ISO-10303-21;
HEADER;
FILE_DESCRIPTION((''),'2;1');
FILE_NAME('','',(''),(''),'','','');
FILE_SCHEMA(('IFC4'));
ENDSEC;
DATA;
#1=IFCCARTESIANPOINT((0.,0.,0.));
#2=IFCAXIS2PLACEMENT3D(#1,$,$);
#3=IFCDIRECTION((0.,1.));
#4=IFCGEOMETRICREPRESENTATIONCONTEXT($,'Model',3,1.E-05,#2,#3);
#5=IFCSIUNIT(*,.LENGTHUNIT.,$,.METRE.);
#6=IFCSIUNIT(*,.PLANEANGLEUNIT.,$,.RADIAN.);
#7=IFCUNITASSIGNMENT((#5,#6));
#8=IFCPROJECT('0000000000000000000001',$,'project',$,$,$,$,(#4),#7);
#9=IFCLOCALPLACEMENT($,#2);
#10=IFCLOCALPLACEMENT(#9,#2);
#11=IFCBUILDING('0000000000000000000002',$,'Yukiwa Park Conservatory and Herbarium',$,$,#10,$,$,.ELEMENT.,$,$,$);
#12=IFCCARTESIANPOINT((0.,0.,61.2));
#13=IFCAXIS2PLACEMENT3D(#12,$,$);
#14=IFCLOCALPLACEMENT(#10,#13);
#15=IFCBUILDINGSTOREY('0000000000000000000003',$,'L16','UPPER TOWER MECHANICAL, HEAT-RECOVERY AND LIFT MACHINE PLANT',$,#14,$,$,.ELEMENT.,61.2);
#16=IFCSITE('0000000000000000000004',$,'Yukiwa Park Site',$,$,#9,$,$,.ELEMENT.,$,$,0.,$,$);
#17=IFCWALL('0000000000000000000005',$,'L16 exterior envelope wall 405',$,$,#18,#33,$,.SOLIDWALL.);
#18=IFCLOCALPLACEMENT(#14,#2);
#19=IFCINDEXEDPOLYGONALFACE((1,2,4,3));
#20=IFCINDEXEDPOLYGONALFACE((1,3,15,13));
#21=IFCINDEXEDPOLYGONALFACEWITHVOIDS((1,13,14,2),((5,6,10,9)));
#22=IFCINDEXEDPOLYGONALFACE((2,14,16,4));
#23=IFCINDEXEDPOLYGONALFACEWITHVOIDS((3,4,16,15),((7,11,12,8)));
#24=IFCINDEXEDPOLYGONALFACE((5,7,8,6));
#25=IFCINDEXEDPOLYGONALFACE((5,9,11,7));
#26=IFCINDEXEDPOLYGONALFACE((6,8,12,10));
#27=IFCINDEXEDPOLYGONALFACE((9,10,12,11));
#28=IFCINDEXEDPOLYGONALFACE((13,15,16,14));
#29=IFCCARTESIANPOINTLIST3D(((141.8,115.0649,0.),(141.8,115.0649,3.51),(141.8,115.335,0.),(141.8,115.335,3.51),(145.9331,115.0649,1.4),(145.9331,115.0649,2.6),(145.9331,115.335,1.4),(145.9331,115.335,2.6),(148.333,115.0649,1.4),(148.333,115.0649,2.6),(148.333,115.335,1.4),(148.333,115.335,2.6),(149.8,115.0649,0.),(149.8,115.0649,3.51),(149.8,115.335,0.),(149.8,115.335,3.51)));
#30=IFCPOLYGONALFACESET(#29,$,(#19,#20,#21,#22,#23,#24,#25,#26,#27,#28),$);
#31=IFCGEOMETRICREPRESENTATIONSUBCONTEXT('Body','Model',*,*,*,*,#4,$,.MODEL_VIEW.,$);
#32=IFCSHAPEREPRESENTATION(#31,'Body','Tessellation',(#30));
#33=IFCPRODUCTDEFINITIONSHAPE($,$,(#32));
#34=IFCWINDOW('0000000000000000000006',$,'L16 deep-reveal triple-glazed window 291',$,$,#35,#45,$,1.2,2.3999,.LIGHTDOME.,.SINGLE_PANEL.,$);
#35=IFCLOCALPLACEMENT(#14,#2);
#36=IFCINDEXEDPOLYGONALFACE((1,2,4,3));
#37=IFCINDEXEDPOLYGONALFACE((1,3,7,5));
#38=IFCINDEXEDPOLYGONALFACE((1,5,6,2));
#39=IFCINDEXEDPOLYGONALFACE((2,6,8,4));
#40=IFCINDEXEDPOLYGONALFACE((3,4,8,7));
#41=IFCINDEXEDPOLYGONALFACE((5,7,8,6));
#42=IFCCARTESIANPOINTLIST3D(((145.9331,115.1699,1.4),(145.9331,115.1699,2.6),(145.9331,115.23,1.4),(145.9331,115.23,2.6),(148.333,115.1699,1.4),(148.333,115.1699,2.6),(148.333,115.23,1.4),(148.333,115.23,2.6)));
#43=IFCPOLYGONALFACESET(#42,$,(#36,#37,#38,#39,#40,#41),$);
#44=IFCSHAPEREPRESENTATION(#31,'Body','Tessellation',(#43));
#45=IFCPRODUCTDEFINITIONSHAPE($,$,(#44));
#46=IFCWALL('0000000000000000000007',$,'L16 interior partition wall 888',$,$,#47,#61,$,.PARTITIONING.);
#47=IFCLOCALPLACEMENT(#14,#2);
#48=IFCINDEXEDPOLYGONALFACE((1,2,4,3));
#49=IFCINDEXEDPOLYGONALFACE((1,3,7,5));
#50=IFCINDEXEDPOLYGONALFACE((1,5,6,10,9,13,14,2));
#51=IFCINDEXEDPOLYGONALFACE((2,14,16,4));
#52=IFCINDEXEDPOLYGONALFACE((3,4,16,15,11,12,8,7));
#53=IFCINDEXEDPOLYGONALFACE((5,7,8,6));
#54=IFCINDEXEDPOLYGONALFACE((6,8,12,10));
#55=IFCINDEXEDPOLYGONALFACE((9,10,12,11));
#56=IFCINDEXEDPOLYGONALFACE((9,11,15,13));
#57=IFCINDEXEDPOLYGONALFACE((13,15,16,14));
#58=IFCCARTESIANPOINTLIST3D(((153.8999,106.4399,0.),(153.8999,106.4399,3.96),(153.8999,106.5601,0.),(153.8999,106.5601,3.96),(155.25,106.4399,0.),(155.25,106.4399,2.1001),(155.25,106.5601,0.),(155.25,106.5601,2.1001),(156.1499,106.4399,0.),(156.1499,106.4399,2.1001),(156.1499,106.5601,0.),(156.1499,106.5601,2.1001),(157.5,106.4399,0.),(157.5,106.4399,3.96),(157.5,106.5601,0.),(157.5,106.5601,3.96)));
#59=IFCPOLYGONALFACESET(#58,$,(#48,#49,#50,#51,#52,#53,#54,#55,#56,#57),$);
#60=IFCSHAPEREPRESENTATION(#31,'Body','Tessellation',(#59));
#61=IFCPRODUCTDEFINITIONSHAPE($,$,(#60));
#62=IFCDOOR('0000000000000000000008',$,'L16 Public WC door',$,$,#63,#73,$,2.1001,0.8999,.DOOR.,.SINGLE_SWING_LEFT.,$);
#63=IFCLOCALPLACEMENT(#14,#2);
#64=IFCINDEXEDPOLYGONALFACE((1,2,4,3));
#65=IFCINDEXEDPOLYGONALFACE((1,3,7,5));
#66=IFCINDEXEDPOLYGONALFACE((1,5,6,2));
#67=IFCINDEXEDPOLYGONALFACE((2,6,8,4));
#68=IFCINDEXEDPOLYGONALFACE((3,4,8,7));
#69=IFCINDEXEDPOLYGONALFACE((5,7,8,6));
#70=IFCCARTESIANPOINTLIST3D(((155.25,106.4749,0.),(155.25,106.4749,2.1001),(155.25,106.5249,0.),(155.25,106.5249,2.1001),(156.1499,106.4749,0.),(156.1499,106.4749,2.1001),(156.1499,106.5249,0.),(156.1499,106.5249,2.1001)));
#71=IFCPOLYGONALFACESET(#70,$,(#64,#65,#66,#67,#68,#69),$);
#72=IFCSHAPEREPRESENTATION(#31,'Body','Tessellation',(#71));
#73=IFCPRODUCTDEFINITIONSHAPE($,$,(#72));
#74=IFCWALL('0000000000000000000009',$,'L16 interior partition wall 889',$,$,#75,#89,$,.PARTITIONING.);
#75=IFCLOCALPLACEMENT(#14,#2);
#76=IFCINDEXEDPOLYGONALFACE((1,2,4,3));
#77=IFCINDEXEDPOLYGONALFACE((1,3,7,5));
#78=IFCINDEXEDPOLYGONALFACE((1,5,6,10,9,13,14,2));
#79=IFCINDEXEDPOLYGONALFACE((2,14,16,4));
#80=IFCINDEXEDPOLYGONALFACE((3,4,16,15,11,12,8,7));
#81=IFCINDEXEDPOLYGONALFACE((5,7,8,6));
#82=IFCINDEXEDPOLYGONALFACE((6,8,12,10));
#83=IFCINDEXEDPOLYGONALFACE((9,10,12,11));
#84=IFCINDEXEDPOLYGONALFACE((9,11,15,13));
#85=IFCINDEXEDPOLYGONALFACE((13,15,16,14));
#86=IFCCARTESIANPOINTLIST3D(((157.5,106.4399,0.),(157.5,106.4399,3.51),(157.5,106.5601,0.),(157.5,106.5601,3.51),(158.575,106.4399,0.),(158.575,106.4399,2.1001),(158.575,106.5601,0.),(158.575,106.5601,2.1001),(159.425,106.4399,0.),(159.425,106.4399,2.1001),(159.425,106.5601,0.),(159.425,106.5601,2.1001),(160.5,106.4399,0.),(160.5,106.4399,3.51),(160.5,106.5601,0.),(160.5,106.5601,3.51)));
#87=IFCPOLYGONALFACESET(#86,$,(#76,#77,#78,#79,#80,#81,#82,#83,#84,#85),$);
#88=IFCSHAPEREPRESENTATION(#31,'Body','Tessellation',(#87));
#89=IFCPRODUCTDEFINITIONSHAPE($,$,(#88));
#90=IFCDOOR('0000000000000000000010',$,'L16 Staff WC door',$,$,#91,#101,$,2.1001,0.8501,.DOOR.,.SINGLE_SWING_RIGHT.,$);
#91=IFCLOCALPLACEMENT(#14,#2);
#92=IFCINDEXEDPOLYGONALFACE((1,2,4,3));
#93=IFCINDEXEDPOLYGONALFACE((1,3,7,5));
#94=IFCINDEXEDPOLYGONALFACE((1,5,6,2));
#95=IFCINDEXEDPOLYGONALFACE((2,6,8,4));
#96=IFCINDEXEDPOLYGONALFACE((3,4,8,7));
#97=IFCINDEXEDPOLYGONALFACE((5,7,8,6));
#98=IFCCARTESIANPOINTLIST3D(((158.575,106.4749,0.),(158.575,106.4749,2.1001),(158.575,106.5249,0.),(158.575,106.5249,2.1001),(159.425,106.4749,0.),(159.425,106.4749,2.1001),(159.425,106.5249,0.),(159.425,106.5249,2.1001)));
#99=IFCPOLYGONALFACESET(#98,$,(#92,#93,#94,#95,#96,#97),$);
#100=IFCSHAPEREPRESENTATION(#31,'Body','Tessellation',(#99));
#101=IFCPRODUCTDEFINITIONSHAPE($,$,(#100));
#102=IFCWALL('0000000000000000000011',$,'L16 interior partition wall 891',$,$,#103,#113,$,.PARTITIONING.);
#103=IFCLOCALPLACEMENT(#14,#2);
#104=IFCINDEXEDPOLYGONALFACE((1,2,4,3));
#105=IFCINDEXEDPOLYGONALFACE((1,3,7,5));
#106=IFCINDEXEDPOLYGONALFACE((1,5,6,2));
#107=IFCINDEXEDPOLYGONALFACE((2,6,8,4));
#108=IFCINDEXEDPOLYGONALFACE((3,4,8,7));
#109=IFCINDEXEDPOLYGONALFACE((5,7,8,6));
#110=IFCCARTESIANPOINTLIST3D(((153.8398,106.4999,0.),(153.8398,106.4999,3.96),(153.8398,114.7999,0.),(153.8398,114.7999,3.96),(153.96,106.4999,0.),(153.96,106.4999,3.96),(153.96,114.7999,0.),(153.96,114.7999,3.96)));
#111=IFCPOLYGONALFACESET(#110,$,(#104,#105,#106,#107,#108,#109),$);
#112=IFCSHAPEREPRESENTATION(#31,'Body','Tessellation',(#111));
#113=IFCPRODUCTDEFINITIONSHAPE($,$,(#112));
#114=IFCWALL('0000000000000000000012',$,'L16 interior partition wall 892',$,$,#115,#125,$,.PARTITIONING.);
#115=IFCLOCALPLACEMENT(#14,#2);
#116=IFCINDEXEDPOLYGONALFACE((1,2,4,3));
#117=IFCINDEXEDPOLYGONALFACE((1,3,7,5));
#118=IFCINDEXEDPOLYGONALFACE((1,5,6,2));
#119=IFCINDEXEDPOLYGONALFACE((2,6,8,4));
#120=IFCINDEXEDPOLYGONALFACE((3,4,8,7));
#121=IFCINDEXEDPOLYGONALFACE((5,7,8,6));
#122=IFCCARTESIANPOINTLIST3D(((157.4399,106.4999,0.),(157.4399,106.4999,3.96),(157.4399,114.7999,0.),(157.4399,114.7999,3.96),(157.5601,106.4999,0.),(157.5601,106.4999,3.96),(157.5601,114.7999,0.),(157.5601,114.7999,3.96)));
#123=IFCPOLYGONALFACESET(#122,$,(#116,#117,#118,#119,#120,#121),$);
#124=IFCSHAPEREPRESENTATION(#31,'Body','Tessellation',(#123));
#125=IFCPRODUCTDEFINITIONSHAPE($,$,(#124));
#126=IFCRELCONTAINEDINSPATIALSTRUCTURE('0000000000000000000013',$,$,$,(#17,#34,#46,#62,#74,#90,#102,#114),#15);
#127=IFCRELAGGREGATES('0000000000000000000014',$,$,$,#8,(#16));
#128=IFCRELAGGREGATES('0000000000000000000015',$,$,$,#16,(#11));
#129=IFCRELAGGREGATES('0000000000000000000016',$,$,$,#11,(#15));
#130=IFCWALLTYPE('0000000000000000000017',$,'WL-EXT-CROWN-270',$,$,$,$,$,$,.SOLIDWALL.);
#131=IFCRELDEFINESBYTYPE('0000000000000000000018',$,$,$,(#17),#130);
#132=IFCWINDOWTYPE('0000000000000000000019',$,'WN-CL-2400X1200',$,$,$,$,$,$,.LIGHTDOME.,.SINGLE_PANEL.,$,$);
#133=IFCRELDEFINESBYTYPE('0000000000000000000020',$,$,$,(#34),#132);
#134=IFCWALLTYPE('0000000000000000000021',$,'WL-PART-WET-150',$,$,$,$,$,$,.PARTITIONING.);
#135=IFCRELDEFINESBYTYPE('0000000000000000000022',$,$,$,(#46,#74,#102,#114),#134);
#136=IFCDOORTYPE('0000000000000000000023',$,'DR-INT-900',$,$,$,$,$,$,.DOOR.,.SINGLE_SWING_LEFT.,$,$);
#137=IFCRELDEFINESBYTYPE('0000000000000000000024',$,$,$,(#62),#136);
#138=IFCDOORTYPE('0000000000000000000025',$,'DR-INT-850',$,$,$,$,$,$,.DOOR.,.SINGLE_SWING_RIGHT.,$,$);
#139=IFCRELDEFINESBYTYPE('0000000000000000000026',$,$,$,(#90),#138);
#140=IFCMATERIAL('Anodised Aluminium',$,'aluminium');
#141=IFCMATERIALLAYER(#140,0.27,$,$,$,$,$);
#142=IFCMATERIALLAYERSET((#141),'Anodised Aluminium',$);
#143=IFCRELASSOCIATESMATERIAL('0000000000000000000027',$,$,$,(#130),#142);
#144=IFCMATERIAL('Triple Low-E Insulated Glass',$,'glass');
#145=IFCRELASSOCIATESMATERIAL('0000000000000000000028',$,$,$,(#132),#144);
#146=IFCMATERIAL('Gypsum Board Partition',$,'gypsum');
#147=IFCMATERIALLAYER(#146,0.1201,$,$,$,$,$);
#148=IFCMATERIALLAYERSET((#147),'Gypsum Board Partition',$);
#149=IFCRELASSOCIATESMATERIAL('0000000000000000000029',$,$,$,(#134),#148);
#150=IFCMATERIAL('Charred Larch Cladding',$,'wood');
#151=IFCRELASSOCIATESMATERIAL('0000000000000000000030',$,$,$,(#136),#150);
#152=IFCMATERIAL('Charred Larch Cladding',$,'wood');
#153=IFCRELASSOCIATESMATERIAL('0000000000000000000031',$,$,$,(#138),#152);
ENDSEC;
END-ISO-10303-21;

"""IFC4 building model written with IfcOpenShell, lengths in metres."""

from ifc_helpers import new_model, si_unit, direction, frame, frame_2d, origin, place, context, subcontext, project, spatial, rectangle, extrude, material, layer, layer_set, type_object, element, fill, save


model = new_model("IFC4")

# Units and contexts
model_context = context("Model", 3, precision=1e-05, world=origin(), true_north=direction((0.0, 1.0)))
body_context = subcontext(model_context, "Body", "Model", "MODEL_VIEW")
ifc_project = project(units=[si_unit("LENGTHUNIT", "METRE"), si_unit("PLANEANGLEUNIT", "RADIAN")], contexts=[model_context])

# Site, building, storey
site_placement = place(None, origin())
site = spatial("IfcSite", under=ifc_project, at=site_placement, Name="Yukiwa Park Site", CompositionType="ELEMENT", RefElevation=0.0)
building_placement = place(site_placement, origin())
building = spatial("IfcBuilding", under=site, at=building_placement, Name="Yukiwa Park Conservatory and Herbarium", CompositionType="ELEMENT")
storey_placement = place(building_placement, frame((0.0, 0.0, 61.2)))
storey = spatial("IfcBuildingStorey", under=building, at=storey_placement, Name="L16", Description="UPPER TOWER MECHANICAL, HEAT-RECOVERY AND LIFT MACHINE PLANT", CompositionType="ELEMENT", Elevation=61.2)

# Shared definitions
ifc_material_1 = material(Name="Anodised Aluminium", Category="aluminium")
ifc_layer_1 = layer(ifc_material_1, 0.27)
ifc_layer_set_1 = layer_set([ifc_layer_1], Name="Anodised Aluminium")
wall_type_1 = type_object("IfcWallType", Name="WL-EXT-CROWN-270", PredefinedType="SOLIDWALL", material=ifc_layer_set_1)

# Wall, opening, window
wall_1_placement = place(storey_placement, frame((149.8, 115.2, 0.0), z_axis=(0.0, 0.0, 1.0), x_axis=(-1.0, 0.0, 0.0)))
wall_1 = element("IfcWall", 1, at=wall_1_placement, inside=storey, type_object=wall_type_1, Name="L16 exterior envelope wall 405", PredefinedType="SOLIDWALL", context=body_context, shape_type="SweptSolid", body=[
    extrude(rectangle(XDim=8.0, YDim=0.27, at=frame_2d((4.0, 0.0))), origin(), (0.0, 0.0, 1.0), 3.51),
])
opening_1_placement = place(wall_1_placement, frame((1.467, 0.0, 1.3999)))
opening_1 = element("IfcOpeningElement", 2, at=opening_1_placement, cuts=wall_1, PredefinedType="OPENING", context=body_context, shape_type="SweptSolid", body=[
    extrude(rectangle(XDim=2.3999, YDim=1.2, at=frame_2d((1.2, 0.6001))), frame((0.0, 0.145, 0.0), z_axis=(0.0, -1.0, 0.0), x_axis=(1.0, 0.0, 0.0)), (0.0, 0.0, 1.0), 0.29),
])
ifc_material_2 = material(Name="Triple Low-E Insulated Glass", Category="glass")
window_type_1 = type_object("IfcWindowType", Name="WN-CL-2400X1200", PartitioningType="SINGLE_PANEL", PredefinedType="LIGHTDOME", material=ifc_material_2)
window_1_placement = place(opening_1_placement, origin())
window_1 = element("IfcWindow", 3, at=window_1_placement, inside=storey, type_object=window_type_1, Name="L16 deep-reveal triple-glazed window 291", OverallHeight=1.2, OverallWidth=2.3999, PartitioningType="SINGLE_PANEL", PredefinedType="LIGHTDOME", context=body_context, shape_type="SweptSolid", body=[
    extrude(rectangle(XDim=2.3999, YDim=1.2, at=frame_2d((1.2, 0.6001))), frame((0.0, 0.03, 0.0), z_axis=(0.0, -1.0, 0.0), x_axis=(1.0, 0.0, 0.0)), (0.0, 0.0, 1.0), 0.0601),
])
fill(opening_1, window_1)

# Walls, openings, doors
ifc_material_3 = material(Name="Gypsum Board Partition", Category="gypsum")
ifc_layer_2 = layer(ifc_material_3, 0.1201)
ifc_layer_set_2 = layer_set([ifc_layer_2], Name="Gypsum Board Partition")
wall_type_2 = type_object("IfcWallType", Name="WL-PART-WET-150", PredefinedType="PARTITIONING", material=ifc_layer_set_2)
wall_2_placement = place(storey_placement, frame((153.8999, 106.5, 0.0), z_axis=(0.0, 0.0, 1.0), x_axis=(1.0, 0.0, 0.0)))
wall_2 = element("IfcWall", 4, at=wall_2_placement, inside=storey, type_object=wall_type_2, Name="L16 interior partition wall 888", PredefinedType="PARTITIONING", context=body_context, shape_type="SweptSolid", body=[
    extrude(rectangle(XDim=3.6001, YDim=0.1201, at=frame_2d((1.8, 0.0))), origin(), (0.0, 0.0, 1.0), 3.96),
])
opening_2_placement = place(wall_2_placement, frame((1.3501, 0.0, 0.0)))
opening_2 = element("IfcOpeningElement", 5, at=opening_2_placement, cuts=wall_2, PredefinedType="OPENING", context=body_context, shape_type="SweptSolid", body=[
    extrude(rectangle(XDim=0.8999, YDim=2.1001, at=frame_2d((0.45, 1.05))), frame((0.0, 0.0701, 0.0), z_axis=(0.0, -1.0, 0.0), x_axis=(1.0, 0.0, 0.0)), (0.0, 0.0, 1.0), 0.1401),
])
ifc_material_4 = material(Name="Charred Larch Cladding", Category="wood")
door_type_1 = type_object("IfcDoorType", Name="DR-INT-900", OperationType="SINGLE_SWING_LEFT", PredefinedType="DOOR", material=ifc_material_4)
door_1_placement = place(opening_2_placement, origin())
door_1 = element("IfcDoor", 6, at=door_1_placement, inside=storey, type_object=door_type_1, Name="L16 Public WC door", OperationType="SINGLE_SWING_LEFT", OverallHeight=2.1001, OverallWidth=0.8999, PredefinedType="DOOR", context=body_context, shape_type="SweptSolid", body=[
    extrude(rectangle(XDim=0.8999, YDim=2.1001, at=frame_2d((0.45, 1.05))), frame((0.0, 0.0249, 0.0), z_axis=(0.0, -1.0, 0.0), x_axis=(1.0, 0.0, 0.0)), (0.0, 0.0, 1.0), 0.05),
])
fill(opening_2, door_1)
wall_3_placement = place(storey_placement, frame((157.5, 106.5, 0.0), z_axis=(0.0, 0.0, 1.0), x_axis=(1.0, 0.0, 0.0)))
wall_3 = element("IfcWall", 7, at=wall_3_placement, inside=storey, type_object=wall_type_2, Name="L16 interior partition wall 889", PredefinedType="PARTITIONING", context=body_context, shape_type="SweptSolid", body=[
    extrude(rectangle(XDim=3.0, YDim=0.1201, at=frame_2d((1.5, 0.0))), origin(), (0.0, 0.0, 1.0), 3.51),
])
opening_3_placement = place(wall_3_placement, frame((1.075, 0.0, 0.0)))
opening_3 = element("IfcOpeningElement", 8, at=opening_3_placement, cuts=wall_3, PredefinedType="OPENING", context=body_context, shape_type="SweptSolid", body=[
    extrude(rectangle(XDim=0.8501, YDim=2.1001, at=frame_2d((0.425, 1.05))), frame((0.0, 0.0701, 0.0), z_axis=(0.0, -1.0, 0.0), x_axis=(1.0, 0.0, 0.0)), (0.0, 0.0, 1.0), 0.1401),
])
ifc_material_5 = material(Name="Charred Larch Cladding", Category="wood")
door_type_2 = type_object("IfcDoorType", Name="DR-INT-850", OperationType="SINGLE_SWING_RIGHT", PredefinedType="DOOR", material=ifc_material_5)
door_2_placement = place(opening_3_placement, origin())
door_2 = element("IfcDoor", 9, at=door_2_placement, inside=storey, type_object=door_type_2, Name="L16 Staff WC door", OperationType="SINGLE_SWING_RIGHT", OverallHeight=2.1001, OverallWidth=0.8501, PredefinedType="DOOR", context=body_context, shape_type="SweptSolid", body=[
    extrude(rectangle(XDim=0.8501, YDim=2.1001, at=frame_2d((0.425, 1.05))), frame((0.0, 0.0249, 0.0), z_axis=(0.0, -1.0, 0.0), x_axis=(1.0, 0.0, 0.0)), (0.0, 0.0, 1.0), 0.05),
])
fill(opening_3, door_2)

# Walls
for number, where, z_axis, x_axis, name in (
    (10, (153.8999, 106.5, 0.0), (0.0, 0.0, 1.0), (0.0, 1.0, 0.0), "L16 interior partition wall 891"),
    (11, (157.5, 106.5, 0.0), (0.0, 0.0, 1.0), (0.0, 1.0, 0.0), "L16 interior partition wall 892"),
):
    element("IfcWall", number, at=place(storey_placement, frame(where, z_axis=z_axis, x_axis=x_axis)), inside=storey, type_object=wall_type_2, Name=name, PredefinedType="PARTITIONING", context=body_context, shape_type="SweptSolid", body=[
        extrude(rectangle(XDim=8.3, YDim=0.1201, at=frame_2d((4.1499, 0.0))), origin(), (0.0, 0.0, 1.0), 3.96),
    ])

save(model, "model.ifc")
